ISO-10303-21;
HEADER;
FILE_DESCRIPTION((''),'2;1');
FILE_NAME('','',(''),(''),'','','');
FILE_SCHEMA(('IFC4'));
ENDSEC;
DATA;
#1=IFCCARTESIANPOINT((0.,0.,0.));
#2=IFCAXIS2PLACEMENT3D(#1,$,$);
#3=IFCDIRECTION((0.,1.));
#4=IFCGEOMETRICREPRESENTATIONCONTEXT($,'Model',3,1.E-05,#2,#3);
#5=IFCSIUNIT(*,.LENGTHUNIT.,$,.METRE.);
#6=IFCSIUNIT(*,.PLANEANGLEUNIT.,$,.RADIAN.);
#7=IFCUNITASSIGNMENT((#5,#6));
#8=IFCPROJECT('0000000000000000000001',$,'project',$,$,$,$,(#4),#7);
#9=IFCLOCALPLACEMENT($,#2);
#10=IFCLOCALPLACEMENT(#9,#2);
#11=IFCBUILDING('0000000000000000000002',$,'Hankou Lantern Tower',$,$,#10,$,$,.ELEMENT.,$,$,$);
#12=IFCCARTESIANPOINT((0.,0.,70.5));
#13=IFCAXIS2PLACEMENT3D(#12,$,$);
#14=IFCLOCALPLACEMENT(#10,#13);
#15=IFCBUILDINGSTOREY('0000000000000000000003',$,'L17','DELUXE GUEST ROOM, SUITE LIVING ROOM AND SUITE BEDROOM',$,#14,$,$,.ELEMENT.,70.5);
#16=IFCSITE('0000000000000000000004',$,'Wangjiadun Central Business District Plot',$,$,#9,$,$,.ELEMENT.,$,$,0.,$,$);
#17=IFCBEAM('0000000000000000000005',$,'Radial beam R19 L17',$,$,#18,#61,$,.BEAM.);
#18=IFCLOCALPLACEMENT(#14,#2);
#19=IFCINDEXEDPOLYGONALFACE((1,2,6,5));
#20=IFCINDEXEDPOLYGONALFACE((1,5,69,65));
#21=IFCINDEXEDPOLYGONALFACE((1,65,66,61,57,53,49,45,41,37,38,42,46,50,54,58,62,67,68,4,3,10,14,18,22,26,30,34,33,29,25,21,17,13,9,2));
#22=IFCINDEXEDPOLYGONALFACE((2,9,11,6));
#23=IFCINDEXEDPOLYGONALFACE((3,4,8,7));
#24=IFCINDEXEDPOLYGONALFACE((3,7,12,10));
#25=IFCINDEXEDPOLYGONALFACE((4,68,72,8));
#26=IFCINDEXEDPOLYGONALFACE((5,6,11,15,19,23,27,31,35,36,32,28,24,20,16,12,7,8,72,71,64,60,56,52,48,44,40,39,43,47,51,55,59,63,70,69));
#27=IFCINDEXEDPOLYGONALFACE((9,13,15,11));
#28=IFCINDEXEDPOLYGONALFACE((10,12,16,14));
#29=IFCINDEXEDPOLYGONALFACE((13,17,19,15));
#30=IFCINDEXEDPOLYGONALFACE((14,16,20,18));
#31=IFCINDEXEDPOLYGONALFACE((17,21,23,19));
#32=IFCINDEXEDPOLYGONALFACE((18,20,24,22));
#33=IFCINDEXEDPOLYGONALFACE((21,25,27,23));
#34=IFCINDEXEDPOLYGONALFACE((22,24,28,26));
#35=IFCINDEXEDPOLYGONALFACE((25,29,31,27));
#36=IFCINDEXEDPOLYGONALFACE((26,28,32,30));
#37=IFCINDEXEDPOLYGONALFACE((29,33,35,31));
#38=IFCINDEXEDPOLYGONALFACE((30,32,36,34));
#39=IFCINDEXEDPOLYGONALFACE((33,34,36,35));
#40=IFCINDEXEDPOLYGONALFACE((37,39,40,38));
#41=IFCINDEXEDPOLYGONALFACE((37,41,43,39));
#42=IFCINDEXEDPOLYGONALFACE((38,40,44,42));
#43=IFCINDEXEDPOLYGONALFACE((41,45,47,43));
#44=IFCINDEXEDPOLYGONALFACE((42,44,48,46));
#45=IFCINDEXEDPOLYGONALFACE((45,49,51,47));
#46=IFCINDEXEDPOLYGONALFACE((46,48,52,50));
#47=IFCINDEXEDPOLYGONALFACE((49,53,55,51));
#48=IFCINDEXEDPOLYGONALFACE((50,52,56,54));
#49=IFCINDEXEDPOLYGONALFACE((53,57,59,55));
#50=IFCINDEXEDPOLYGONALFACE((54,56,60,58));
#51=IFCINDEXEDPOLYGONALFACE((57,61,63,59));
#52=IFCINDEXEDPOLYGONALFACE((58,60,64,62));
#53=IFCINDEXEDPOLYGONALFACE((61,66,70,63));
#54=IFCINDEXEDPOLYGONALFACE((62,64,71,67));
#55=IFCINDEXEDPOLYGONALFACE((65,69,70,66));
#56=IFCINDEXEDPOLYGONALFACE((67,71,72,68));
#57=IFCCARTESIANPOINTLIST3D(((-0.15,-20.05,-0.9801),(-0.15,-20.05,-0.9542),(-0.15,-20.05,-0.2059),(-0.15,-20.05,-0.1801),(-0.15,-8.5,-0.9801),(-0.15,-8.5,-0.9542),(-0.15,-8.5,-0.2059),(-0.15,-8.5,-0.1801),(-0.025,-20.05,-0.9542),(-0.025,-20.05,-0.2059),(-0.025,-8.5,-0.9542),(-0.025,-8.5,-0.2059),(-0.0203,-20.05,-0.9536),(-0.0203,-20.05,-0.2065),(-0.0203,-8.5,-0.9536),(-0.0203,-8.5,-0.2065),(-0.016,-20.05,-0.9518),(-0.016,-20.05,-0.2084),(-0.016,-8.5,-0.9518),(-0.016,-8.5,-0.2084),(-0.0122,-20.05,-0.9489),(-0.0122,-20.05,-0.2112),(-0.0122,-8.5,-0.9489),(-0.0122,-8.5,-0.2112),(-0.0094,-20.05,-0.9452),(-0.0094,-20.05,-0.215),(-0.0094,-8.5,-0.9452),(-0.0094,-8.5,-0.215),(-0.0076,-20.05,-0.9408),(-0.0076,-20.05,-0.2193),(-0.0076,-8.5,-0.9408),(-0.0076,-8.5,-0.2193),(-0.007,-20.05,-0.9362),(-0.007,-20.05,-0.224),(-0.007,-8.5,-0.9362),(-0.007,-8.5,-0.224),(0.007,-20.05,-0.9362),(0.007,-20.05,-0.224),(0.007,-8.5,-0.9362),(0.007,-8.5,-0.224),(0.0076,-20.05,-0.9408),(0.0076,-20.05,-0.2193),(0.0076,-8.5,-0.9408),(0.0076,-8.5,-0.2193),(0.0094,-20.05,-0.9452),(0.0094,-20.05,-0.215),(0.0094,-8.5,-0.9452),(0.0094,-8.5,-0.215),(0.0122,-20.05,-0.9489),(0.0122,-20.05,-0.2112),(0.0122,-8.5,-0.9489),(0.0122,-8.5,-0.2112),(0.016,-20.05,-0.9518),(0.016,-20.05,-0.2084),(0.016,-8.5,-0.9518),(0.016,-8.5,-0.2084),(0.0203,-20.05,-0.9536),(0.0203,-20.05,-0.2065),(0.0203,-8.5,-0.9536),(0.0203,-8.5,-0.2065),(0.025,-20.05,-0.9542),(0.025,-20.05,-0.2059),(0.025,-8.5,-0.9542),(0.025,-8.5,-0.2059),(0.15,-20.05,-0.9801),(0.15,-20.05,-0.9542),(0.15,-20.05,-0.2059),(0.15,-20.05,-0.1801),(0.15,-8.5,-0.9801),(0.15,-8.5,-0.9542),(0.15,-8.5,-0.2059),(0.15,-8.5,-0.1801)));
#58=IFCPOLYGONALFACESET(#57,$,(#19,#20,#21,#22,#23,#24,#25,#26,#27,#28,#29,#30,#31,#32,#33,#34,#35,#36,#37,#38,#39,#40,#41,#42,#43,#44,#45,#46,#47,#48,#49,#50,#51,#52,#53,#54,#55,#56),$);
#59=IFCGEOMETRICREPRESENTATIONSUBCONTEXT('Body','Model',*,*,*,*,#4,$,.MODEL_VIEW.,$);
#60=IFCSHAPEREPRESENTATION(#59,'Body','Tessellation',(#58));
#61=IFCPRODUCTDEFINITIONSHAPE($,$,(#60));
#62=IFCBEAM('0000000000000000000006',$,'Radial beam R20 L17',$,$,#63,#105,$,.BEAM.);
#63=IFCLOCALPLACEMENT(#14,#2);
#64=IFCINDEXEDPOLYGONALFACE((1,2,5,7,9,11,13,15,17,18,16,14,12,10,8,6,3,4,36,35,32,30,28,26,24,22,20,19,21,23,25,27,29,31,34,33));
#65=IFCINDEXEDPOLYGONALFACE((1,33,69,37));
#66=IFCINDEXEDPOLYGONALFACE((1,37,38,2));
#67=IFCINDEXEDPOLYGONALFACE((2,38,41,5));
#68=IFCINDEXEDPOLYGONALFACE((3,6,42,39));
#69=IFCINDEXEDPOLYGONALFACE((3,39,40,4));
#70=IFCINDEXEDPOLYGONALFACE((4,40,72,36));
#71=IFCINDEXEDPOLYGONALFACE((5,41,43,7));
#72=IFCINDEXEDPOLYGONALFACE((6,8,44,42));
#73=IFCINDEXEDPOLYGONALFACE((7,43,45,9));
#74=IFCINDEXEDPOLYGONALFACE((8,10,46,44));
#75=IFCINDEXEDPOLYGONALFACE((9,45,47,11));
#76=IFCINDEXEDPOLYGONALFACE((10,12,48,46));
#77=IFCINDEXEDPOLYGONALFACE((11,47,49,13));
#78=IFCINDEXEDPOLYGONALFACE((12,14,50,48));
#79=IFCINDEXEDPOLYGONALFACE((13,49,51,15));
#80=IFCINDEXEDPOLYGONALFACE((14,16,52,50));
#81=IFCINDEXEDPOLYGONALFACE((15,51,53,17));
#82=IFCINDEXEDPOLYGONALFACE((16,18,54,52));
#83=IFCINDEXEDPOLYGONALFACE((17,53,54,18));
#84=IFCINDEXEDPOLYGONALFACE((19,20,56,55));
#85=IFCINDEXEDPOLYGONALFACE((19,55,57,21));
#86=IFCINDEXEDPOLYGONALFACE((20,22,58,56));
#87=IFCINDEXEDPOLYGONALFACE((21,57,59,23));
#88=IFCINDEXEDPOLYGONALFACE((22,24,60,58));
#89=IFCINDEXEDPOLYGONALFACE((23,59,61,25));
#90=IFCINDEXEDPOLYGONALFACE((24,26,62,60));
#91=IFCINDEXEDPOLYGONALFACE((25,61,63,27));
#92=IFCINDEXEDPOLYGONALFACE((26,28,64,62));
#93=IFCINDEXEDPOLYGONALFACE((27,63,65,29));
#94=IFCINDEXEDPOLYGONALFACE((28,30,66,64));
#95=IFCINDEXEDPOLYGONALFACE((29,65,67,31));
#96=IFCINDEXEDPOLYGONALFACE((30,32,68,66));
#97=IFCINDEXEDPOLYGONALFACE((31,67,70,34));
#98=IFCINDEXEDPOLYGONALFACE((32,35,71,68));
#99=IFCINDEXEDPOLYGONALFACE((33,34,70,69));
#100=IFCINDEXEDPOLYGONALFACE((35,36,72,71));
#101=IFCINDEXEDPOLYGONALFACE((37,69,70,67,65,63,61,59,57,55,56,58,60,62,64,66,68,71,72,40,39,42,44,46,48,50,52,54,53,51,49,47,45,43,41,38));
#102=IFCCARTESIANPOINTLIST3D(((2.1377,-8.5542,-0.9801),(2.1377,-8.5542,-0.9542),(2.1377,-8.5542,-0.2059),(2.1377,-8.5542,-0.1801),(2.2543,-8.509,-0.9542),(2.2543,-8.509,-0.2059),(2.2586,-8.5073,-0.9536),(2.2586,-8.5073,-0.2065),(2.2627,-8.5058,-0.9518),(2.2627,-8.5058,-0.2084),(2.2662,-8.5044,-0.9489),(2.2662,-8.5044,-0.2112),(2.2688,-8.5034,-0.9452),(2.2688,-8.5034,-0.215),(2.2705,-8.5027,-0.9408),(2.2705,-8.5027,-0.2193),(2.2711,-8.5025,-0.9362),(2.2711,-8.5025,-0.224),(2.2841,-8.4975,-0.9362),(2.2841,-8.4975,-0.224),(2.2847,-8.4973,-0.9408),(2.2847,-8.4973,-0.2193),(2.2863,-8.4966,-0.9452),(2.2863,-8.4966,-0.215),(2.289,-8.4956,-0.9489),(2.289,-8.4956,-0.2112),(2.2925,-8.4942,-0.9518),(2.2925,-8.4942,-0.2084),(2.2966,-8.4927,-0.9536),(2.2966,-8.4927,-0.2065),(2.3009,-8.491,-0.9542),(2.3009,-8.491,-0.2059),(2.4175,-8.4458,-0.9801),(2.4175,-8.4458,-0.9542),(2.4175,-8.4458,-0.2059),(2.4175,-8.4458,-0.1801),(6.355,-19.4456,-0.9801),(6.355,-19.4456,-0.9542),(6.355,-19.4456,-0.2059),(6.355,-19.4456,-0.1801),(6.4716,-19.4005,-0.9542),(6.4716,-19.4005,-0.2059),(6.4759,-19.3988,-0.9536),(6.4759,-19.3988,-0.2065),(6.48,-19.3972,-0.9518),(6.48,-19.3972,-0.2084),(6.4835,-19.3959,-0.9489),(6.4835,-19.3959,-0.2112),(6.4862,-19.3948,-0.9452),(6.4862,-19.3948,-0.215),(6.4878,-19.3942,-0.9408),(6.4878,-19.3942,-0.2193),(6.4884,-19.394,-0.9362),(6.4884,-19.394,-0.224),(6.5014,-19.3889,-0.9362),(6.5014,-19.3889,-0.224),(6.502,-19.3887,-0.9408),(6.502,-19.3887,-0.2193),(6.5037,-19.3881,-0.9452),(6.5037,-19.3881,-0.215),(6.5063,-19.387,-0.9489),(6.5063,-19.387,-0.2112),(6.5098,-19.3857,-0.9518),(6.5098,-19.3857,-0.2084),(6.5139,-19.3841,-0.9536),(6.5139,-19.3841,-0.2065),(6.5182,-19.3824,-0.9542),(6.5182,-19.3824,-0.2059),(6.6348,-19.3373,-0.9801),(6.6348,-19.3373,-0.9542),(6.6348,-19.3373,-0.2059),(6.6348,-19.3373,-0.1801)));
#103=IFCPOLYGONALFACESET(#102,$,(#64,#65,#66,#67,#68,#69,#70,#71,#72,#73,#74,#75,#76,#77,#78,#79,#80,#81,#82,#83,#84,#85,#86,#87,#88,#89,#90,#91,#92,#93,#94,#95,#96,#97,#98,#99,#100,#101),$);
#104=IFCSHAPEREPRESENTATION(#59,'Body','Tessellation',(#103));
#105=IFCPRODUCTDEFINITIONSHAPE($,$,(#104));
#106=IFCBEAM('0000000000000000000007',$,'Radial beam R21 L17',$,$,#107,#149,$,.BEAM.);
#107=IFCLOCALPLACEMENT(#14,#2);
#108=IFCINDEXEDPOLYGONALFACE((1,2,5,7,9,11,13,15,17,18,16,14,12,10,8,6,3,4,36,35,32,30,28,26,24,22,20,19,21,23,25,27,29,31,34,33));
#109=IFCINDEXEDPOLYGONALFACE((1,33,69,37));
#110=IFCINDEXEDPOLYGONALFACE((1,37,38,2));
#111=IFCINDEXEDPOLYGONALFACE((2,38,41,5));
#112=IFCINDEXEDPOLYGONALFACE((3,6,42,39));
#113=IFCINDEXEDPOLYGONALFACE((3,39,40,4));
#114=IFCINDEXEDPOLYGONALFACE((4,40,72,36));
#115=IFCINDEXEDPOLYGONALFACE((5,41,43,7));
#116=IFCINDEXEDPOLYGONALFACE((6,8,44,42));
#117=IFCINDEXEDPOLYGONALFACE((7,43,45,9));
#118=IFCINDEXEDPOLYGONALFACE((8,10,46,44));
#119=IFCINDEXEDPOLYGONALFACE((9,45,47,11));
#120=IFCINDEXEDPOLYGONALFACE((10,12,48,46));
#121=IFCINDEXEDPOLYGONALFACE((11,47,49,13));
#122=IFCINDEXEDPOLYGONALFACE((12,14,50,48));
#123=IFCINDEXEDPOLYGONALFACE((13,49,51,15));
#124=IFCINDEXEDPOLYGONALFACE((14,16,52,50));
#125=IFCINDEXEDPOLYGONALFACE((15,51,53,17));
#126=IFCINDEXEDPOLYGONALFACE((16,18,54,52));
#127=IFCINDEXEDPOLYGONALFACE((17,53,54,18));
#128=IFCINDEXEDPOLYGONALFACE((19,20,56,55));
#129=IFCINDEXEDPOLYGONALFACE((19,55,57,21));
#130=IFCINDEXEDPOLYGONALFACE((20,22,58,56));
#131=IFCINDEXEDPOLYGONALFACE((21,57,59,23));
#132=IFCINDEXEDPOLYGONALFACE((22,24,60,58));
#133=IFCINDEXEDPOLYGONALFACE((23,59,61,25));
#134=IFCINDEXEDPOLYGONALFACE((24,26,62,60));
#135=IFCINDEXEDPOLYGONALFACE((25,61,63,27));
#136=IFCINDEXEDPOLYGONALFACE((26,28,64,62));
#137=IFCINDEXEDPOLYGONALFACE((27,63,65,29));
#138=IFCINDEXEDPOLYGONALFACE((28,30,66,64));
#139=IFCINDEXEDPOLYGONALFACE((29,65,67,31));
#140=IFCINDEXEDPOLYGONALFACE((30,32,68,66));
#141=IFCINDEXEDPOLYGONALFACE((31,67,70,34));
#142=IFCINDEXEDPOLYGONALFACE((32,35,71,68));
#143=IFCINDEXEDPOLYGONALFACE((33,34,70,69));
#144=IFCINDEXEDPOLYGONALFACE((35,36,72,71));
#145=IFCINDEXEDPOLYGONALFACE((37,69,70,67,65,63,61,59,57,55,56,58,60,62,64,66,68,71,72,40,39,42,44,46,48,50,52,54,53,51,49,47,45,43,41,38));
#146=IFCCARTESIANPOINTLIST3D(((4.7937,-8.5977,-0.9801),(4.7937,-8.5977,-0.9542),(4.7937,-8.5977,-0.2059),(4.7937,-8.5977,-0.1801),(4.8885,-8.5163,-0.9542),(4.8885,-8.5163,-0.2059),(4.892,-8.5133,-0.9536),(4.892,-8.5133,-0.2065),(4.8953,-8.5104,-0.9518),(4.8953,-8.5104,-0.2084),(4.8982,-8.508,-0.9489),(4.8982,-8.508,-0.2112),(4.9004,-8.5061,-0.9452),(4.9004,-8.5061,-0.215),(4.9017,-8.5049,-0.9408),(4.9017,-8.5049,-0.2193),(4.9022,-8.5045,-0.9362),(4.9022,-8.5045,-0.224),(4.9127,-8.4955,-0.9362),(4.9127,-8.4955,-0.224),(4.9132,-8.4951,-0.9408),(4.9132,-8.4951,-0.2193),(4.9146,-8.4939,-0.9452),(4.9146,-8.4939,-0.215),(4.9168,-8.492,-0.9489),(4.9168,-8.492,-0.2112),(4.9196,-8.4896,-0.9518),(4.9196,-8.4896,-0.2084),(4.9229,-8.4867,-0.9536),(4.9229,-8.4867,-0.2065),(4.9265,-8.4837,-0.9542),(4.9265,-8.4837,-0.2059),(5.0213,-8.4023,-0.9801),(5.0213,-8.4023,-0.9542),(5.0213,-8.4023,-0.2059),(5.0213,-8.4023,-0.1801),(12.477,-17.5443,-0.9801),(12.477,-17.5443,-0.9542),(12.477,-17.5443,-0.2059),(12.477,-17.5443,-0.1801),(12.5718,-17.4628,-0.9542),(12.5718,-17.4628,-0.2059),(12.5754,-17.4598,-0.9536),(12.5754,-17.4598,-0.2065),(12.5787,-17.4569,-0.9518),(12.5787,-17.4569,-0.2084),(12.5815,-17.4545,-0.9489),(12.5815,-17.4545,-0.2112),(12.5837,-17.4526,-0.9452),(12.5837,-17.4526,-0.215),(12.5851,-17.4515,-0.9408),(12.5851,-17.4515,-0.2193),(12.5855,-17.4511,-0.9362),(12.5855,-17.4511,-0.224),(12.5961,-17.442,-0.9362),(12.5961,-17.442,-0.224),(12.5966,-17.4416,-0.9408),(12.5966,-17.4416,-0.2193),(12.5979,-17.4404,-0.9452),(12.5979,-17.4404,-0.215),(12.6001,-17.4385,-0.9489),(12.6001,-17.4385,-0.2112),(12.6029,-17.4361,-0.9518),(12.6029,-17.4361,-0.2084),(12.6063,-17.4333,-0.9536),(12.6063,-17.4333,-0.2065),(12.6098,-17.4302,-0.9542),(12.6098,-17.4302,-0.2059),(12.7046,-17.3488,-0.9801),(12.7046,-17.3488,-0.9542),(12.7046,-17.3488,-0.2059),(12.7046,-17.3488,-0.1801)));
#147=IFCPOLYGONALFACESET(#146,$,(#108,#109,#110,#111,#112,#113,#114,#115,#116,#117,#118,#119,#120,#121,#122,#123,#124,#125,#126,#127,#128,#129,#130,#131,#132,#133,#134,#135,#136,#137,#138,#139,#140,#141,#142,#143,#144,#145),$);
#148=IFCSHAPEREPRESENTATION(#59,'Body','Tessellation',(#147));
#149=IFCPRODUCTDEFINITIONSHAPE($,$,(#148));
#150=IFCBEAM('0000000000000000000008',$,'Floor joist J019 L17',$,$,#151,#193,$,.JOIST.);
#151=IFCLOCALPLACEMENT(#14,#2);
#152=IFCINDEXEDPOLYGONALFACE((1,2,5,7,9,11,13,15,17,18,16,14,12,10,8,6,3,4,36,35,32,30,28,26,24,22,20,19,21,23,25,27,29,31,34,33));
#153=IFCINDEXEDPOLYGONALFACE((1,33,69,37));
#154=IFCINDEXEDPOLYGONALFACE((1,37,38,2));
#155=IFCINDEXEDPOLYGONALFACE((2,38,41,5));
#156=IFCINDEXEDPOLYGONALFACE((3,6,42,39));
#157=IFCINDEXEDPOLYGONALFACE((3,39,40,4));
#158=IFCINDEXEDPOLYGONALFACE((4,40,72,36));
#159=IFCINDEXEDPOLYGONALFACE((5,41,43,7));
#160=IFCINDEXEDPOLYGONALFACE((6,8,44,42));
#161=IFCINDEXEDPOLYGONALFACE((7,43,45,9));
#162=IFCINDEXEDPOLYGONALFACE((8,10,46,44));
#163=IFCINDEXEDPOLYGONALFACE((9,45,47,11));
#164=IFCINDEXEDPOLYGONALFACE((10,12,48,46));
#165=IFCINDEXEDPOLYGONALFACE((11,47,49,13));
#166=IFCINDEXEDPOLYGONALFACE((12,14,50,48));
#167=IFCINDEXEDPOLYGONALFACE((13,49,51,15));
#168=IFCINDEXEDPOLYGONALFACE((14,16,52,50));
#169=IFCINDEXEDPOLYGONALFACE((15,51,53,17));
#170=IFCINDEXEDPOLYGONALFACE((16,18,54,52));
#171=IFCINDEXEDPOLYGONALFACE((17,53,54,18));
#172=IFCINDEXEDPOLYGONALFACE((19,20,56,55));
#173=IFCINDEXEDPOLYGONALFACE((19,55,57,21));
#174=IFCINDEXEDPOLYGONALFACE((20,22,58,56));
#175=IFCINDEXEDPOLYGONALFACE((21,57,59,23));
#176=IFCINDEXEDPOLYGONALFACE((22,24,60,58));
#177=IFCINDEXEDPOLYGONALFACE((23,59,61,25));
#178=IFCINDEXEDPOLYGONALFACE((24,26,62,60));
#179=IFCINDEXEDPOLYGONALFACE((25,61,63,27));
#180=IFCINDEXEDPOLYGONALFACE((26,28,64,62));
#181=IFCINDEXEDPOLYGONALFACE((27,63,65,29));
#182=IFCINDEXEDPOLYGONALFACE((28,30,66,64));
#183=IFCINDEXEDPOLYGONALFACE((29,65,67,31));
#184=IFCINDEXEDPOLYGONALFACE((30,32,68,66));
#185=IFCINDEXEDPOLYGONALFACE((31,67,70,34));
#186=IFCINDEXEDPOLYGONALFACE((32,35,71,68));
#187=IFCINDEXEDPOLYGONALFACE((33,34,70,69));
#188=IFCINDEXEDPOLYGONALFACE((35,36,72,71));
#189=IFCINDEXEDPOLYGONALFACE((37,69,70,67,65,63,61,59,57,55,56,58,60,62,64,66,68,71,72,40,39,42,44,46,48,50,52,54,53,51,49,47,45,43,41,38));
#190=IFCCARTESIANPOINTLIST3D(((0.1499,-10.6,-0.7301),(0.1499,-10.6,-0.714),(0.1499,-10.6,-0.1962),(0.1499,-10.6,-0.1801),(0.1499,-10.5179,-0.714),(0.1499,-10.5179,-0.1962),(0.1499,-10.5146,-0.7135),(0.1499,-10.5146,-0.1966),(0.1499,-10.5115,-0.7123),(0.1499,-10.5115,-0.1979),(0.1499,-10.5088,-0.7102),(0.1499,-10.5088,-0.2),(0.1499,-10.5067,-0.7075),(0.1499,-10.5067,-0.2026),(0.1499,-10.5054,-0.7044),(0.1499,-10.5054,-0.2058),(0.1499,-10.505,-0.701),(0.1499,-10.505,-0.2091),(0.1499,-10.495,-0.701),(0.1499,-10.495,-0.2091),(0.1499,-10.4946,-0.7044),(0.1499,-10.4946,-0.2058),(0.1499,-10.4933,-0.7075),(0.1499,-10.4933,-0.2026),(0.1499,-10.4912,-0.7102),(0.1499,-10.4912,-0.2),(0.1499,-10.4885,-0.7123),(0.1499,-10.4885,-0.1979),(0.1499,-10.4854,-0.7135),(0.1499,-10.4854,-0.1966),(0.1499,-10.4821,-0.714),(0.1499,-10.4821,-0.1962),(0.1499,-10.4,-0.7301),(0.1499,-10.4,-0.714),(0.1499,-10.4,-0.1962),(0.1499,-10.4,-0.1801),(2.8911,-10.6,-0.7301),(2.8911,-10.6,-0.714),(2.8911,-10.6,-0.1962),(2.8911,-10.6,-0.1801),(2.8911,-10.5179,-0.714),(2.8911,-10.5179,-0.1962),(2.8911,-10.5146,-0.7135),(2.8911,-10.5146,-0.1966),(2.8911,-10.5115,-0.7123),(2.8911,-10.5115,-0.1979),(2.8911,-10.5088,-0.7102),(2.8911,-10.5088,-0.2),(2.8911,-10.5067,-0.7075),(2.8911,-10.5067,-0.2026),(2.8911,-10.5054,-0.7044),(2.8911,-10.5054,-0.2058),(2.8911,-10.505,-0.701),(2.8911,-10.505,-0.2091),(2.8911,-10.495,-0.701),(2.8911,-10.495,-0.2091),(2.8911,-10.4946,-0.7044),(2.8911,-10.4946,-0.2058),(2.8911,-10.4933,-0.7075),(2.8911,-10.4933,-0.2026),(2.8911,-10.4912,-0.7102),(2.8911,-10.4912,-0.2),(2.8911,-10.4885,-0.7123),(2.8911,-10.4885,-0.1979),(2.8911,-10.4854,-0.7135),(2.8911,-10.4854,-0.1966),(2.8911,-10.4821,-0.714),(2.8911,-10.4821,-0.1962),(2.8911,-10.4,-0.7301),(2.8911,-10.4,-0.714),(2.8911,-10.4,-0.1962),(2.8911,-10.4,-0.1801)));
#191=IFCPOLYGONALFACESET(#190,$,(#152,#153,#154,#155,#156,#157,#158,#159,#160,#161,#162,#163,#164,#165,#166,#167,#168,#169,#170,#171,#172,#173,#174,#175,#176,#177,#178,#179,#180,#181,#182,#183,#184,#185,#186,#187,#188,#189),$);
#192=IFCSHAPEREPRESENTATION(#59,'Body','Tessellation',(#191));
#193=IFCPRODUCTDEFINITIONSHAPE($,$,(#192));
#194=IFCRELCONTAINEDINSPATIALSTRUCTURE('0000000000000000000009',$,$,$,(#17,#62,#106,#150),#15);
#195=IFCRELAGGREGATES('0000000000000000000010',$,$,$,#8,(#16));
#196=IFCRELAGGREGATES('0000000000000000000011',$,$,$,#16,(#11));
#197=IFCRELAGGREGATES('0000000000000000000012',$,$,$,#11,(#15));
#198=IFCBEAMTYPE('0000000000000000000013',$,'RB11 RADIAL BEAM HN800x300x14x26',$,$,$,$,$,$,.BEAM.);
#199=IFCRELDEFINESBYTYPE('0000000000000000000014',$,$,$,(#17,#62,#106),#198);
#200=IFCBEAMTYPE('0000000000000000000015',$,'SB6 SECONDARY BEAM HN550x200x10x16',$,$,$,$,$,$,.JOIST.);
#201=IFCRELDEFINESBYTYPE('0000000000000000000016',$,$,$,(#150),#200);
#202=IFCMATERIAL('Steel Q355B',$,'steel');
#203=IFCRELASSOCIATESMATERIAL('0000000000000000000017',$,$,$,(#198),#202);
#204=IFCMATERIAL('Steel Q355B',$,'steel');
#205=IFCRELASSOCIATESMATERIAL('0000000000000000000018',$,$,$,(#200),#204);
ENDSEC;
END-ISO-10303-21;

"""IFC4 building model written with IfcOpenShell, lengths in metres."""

from ifc_helpers import new_model, si_unit, direction, frame, origin, origin_2d, place, context, subcontext, project, spatial, i_section, extrude, material, material_profile, profile_set, type_object, element, save


model = new_model("IFC4")

# Units and contexts
model_context = context("Model", 3, precision=1e-05, world=origin(), true_north=direction((0.0, 1.0)))
body_context = subcontext(model_context, "Body", "Model", "MODEL_VIEW")
ifc_project = project(units=[si_unit("LENGTHUNIT", "METRE"), si_unit("PLANEANGLEUNIT", "RADIAN")], contexts=[model_context])

# Site, building, storey
site_placement = place(None, origin())
site = spatial("IfcSite", under=ifc_project, at=site_placement, Name="Wangjiadun Central Business District Plot", CompositionType="ELEMENT", RefElevation=0.0)
building_placement = place(site_placement, origin())
building = spatial("IfcBuilding", under=site, at=building_placement, Name="Hankou Lantern Tower", CompositionType="ELEMENT")
storey_placement = place(building_placement, frame((0.0, 0.0, 70.5)))
storey = spatial("IfcBuildingStorey", under=building, at=storey_placement, Name="L17", Description="DELUXE GUEST ROOM, SUITE LIVING ROOM AND SUITE BEDROOM", CompositionType="ELEMENT", Elevation=70.5)

# Beams
ifc_material_1 = material(Name="Steel Q355B", Category="steel")
ifc_material_profile_1 = material_profile(ifc_material_1, i_section(OverallWidth=0.3, OverallDepth=0.8, WebThickness=0.0139, FlangeThickness=0.0259, FilletRadius=0.0181, at=origin_2d()), Name="HN800x300x14x26")
ifc_profile_set_1 = profile_set([ifc_material_profile_1], Name="Steel Q355B")
beam_type_1 = type_object("IfcBeamType", Name="RB11 RADIAL BEAM HN800x300x14x26", PredefinedType="BEAM", material=ifc_profile_set_1)
beam_1_placement = place(storey_placement, frame((0.0, -8.5, -0.5801), z_axis=(0.0, -1.0, 0.0), x_axis=(1.0, 0.0, 0.0)))
element("IfcBeam", 1, at=beam_1_placement, inside=storey, type_object=beam_type_1, Name="Radial beam R19 L17", PredefinedType="BEAM", context=body_context, shape_type="SweptSolid", body=[
    extrude(i_section(OverallWidth=0.3, OverallDepth=0.8, WebThickness=0.0139, FlangeThickness=0.0259, FilletRadius=0.0181, at=origin_2d()), origin(), (0.0, 0.0, 1.0), 11.55),
])
beam_2_placement = place(storey_placement, frame((2.2776, -8.5, -0.5801), z_axis=(0.361089, -0.932531, 0.0), x_axis=(0.932531, 0.361089, 0.0)))
element("IfcBeam", 2, at=beam_2_placement, inside=storey, type_object=beam_type_1, Name="Radial beam R20 L17", PredefinedType="BEAM", context=body_context, shape_type="SweptSolid", body=[
    extrude(i_section(OverallWidth=0.3, OverallDepth=0.8, WebThickness=0.0139, FlangeThickness=0.0259, FilletRadius=0.0181, at=origin_2d()), origin(), (0.0, 0.0, 1.0), 11.6794),
])
beam_3_placement = place(storey_placement, frame((4.9075, -8.5, -0.5801), z_axis=(0.651519, -0.758632, 0.0), x_axis=(0.758632, 0.651519, 0.0)))
element("IfcBeam", 3, at=beam_3_placement, inside=storey, type_object=beam_type_1, Name="Radial beam R21 L17", PredefinedType="BEAM", context=body_context, shape_type="SweptSolid", body=[
    extrude(i_section(OverallWidth=0.3, OverallDepth=0.8, WebThickness=0.0139, FlangeThickness=0.0259, FilletRadius=0.0181, at=origin_2d()), origin(), (0.0, 0.0, 1.0), 11.793),
])
ifc_material_2 = material(Name="Steel Q355B", Category="steel")
ifc_material_profile_2 = material_profile(ifc_material_2, i_section(OverallWidth=0.2, OverallDepth=0.55, WebThickness=0.01, FlangeThickness=0.0161, FilletRadius=0.0129, at=origin_2d()), Name="HN550x200x10x16")
ifc_profile_set_2 = profile_set([ifc_material_profile_2], Name="Steel Q355B")
beam_type_2 = type_object("IfcBeamType", Name="SB6 SECONDARY BEAM HN550x200x10x16", PredefinedType="JOIST", material=ifc_profile_set_2)
beam_4_placement = place(storey_placement, frame((0.1499, -10.5, -0.4551), z_axis=(1.0, 0.0, 0.0), x_axis=(0.0, 1.0, 0.0)))
element("IfcBeam", 4, at=beam_4_placement, inside=storey, type_object=beam_type_2, Name="Floor joist J019 L17", PredefinedType="JOIST", context=body_context, shape_type="SweptSolid", body=[
    extrude(i_section(OverallWidth=0.2, OverallDepth=0.55, WebThickness=0.01, FlangeThickness=0.0161, FilletRadius=0.0129, at=origin_2d()), origin(), (0.0, 0.0, 1.0), 2.7412),
])

save(model, "model.ifc")
